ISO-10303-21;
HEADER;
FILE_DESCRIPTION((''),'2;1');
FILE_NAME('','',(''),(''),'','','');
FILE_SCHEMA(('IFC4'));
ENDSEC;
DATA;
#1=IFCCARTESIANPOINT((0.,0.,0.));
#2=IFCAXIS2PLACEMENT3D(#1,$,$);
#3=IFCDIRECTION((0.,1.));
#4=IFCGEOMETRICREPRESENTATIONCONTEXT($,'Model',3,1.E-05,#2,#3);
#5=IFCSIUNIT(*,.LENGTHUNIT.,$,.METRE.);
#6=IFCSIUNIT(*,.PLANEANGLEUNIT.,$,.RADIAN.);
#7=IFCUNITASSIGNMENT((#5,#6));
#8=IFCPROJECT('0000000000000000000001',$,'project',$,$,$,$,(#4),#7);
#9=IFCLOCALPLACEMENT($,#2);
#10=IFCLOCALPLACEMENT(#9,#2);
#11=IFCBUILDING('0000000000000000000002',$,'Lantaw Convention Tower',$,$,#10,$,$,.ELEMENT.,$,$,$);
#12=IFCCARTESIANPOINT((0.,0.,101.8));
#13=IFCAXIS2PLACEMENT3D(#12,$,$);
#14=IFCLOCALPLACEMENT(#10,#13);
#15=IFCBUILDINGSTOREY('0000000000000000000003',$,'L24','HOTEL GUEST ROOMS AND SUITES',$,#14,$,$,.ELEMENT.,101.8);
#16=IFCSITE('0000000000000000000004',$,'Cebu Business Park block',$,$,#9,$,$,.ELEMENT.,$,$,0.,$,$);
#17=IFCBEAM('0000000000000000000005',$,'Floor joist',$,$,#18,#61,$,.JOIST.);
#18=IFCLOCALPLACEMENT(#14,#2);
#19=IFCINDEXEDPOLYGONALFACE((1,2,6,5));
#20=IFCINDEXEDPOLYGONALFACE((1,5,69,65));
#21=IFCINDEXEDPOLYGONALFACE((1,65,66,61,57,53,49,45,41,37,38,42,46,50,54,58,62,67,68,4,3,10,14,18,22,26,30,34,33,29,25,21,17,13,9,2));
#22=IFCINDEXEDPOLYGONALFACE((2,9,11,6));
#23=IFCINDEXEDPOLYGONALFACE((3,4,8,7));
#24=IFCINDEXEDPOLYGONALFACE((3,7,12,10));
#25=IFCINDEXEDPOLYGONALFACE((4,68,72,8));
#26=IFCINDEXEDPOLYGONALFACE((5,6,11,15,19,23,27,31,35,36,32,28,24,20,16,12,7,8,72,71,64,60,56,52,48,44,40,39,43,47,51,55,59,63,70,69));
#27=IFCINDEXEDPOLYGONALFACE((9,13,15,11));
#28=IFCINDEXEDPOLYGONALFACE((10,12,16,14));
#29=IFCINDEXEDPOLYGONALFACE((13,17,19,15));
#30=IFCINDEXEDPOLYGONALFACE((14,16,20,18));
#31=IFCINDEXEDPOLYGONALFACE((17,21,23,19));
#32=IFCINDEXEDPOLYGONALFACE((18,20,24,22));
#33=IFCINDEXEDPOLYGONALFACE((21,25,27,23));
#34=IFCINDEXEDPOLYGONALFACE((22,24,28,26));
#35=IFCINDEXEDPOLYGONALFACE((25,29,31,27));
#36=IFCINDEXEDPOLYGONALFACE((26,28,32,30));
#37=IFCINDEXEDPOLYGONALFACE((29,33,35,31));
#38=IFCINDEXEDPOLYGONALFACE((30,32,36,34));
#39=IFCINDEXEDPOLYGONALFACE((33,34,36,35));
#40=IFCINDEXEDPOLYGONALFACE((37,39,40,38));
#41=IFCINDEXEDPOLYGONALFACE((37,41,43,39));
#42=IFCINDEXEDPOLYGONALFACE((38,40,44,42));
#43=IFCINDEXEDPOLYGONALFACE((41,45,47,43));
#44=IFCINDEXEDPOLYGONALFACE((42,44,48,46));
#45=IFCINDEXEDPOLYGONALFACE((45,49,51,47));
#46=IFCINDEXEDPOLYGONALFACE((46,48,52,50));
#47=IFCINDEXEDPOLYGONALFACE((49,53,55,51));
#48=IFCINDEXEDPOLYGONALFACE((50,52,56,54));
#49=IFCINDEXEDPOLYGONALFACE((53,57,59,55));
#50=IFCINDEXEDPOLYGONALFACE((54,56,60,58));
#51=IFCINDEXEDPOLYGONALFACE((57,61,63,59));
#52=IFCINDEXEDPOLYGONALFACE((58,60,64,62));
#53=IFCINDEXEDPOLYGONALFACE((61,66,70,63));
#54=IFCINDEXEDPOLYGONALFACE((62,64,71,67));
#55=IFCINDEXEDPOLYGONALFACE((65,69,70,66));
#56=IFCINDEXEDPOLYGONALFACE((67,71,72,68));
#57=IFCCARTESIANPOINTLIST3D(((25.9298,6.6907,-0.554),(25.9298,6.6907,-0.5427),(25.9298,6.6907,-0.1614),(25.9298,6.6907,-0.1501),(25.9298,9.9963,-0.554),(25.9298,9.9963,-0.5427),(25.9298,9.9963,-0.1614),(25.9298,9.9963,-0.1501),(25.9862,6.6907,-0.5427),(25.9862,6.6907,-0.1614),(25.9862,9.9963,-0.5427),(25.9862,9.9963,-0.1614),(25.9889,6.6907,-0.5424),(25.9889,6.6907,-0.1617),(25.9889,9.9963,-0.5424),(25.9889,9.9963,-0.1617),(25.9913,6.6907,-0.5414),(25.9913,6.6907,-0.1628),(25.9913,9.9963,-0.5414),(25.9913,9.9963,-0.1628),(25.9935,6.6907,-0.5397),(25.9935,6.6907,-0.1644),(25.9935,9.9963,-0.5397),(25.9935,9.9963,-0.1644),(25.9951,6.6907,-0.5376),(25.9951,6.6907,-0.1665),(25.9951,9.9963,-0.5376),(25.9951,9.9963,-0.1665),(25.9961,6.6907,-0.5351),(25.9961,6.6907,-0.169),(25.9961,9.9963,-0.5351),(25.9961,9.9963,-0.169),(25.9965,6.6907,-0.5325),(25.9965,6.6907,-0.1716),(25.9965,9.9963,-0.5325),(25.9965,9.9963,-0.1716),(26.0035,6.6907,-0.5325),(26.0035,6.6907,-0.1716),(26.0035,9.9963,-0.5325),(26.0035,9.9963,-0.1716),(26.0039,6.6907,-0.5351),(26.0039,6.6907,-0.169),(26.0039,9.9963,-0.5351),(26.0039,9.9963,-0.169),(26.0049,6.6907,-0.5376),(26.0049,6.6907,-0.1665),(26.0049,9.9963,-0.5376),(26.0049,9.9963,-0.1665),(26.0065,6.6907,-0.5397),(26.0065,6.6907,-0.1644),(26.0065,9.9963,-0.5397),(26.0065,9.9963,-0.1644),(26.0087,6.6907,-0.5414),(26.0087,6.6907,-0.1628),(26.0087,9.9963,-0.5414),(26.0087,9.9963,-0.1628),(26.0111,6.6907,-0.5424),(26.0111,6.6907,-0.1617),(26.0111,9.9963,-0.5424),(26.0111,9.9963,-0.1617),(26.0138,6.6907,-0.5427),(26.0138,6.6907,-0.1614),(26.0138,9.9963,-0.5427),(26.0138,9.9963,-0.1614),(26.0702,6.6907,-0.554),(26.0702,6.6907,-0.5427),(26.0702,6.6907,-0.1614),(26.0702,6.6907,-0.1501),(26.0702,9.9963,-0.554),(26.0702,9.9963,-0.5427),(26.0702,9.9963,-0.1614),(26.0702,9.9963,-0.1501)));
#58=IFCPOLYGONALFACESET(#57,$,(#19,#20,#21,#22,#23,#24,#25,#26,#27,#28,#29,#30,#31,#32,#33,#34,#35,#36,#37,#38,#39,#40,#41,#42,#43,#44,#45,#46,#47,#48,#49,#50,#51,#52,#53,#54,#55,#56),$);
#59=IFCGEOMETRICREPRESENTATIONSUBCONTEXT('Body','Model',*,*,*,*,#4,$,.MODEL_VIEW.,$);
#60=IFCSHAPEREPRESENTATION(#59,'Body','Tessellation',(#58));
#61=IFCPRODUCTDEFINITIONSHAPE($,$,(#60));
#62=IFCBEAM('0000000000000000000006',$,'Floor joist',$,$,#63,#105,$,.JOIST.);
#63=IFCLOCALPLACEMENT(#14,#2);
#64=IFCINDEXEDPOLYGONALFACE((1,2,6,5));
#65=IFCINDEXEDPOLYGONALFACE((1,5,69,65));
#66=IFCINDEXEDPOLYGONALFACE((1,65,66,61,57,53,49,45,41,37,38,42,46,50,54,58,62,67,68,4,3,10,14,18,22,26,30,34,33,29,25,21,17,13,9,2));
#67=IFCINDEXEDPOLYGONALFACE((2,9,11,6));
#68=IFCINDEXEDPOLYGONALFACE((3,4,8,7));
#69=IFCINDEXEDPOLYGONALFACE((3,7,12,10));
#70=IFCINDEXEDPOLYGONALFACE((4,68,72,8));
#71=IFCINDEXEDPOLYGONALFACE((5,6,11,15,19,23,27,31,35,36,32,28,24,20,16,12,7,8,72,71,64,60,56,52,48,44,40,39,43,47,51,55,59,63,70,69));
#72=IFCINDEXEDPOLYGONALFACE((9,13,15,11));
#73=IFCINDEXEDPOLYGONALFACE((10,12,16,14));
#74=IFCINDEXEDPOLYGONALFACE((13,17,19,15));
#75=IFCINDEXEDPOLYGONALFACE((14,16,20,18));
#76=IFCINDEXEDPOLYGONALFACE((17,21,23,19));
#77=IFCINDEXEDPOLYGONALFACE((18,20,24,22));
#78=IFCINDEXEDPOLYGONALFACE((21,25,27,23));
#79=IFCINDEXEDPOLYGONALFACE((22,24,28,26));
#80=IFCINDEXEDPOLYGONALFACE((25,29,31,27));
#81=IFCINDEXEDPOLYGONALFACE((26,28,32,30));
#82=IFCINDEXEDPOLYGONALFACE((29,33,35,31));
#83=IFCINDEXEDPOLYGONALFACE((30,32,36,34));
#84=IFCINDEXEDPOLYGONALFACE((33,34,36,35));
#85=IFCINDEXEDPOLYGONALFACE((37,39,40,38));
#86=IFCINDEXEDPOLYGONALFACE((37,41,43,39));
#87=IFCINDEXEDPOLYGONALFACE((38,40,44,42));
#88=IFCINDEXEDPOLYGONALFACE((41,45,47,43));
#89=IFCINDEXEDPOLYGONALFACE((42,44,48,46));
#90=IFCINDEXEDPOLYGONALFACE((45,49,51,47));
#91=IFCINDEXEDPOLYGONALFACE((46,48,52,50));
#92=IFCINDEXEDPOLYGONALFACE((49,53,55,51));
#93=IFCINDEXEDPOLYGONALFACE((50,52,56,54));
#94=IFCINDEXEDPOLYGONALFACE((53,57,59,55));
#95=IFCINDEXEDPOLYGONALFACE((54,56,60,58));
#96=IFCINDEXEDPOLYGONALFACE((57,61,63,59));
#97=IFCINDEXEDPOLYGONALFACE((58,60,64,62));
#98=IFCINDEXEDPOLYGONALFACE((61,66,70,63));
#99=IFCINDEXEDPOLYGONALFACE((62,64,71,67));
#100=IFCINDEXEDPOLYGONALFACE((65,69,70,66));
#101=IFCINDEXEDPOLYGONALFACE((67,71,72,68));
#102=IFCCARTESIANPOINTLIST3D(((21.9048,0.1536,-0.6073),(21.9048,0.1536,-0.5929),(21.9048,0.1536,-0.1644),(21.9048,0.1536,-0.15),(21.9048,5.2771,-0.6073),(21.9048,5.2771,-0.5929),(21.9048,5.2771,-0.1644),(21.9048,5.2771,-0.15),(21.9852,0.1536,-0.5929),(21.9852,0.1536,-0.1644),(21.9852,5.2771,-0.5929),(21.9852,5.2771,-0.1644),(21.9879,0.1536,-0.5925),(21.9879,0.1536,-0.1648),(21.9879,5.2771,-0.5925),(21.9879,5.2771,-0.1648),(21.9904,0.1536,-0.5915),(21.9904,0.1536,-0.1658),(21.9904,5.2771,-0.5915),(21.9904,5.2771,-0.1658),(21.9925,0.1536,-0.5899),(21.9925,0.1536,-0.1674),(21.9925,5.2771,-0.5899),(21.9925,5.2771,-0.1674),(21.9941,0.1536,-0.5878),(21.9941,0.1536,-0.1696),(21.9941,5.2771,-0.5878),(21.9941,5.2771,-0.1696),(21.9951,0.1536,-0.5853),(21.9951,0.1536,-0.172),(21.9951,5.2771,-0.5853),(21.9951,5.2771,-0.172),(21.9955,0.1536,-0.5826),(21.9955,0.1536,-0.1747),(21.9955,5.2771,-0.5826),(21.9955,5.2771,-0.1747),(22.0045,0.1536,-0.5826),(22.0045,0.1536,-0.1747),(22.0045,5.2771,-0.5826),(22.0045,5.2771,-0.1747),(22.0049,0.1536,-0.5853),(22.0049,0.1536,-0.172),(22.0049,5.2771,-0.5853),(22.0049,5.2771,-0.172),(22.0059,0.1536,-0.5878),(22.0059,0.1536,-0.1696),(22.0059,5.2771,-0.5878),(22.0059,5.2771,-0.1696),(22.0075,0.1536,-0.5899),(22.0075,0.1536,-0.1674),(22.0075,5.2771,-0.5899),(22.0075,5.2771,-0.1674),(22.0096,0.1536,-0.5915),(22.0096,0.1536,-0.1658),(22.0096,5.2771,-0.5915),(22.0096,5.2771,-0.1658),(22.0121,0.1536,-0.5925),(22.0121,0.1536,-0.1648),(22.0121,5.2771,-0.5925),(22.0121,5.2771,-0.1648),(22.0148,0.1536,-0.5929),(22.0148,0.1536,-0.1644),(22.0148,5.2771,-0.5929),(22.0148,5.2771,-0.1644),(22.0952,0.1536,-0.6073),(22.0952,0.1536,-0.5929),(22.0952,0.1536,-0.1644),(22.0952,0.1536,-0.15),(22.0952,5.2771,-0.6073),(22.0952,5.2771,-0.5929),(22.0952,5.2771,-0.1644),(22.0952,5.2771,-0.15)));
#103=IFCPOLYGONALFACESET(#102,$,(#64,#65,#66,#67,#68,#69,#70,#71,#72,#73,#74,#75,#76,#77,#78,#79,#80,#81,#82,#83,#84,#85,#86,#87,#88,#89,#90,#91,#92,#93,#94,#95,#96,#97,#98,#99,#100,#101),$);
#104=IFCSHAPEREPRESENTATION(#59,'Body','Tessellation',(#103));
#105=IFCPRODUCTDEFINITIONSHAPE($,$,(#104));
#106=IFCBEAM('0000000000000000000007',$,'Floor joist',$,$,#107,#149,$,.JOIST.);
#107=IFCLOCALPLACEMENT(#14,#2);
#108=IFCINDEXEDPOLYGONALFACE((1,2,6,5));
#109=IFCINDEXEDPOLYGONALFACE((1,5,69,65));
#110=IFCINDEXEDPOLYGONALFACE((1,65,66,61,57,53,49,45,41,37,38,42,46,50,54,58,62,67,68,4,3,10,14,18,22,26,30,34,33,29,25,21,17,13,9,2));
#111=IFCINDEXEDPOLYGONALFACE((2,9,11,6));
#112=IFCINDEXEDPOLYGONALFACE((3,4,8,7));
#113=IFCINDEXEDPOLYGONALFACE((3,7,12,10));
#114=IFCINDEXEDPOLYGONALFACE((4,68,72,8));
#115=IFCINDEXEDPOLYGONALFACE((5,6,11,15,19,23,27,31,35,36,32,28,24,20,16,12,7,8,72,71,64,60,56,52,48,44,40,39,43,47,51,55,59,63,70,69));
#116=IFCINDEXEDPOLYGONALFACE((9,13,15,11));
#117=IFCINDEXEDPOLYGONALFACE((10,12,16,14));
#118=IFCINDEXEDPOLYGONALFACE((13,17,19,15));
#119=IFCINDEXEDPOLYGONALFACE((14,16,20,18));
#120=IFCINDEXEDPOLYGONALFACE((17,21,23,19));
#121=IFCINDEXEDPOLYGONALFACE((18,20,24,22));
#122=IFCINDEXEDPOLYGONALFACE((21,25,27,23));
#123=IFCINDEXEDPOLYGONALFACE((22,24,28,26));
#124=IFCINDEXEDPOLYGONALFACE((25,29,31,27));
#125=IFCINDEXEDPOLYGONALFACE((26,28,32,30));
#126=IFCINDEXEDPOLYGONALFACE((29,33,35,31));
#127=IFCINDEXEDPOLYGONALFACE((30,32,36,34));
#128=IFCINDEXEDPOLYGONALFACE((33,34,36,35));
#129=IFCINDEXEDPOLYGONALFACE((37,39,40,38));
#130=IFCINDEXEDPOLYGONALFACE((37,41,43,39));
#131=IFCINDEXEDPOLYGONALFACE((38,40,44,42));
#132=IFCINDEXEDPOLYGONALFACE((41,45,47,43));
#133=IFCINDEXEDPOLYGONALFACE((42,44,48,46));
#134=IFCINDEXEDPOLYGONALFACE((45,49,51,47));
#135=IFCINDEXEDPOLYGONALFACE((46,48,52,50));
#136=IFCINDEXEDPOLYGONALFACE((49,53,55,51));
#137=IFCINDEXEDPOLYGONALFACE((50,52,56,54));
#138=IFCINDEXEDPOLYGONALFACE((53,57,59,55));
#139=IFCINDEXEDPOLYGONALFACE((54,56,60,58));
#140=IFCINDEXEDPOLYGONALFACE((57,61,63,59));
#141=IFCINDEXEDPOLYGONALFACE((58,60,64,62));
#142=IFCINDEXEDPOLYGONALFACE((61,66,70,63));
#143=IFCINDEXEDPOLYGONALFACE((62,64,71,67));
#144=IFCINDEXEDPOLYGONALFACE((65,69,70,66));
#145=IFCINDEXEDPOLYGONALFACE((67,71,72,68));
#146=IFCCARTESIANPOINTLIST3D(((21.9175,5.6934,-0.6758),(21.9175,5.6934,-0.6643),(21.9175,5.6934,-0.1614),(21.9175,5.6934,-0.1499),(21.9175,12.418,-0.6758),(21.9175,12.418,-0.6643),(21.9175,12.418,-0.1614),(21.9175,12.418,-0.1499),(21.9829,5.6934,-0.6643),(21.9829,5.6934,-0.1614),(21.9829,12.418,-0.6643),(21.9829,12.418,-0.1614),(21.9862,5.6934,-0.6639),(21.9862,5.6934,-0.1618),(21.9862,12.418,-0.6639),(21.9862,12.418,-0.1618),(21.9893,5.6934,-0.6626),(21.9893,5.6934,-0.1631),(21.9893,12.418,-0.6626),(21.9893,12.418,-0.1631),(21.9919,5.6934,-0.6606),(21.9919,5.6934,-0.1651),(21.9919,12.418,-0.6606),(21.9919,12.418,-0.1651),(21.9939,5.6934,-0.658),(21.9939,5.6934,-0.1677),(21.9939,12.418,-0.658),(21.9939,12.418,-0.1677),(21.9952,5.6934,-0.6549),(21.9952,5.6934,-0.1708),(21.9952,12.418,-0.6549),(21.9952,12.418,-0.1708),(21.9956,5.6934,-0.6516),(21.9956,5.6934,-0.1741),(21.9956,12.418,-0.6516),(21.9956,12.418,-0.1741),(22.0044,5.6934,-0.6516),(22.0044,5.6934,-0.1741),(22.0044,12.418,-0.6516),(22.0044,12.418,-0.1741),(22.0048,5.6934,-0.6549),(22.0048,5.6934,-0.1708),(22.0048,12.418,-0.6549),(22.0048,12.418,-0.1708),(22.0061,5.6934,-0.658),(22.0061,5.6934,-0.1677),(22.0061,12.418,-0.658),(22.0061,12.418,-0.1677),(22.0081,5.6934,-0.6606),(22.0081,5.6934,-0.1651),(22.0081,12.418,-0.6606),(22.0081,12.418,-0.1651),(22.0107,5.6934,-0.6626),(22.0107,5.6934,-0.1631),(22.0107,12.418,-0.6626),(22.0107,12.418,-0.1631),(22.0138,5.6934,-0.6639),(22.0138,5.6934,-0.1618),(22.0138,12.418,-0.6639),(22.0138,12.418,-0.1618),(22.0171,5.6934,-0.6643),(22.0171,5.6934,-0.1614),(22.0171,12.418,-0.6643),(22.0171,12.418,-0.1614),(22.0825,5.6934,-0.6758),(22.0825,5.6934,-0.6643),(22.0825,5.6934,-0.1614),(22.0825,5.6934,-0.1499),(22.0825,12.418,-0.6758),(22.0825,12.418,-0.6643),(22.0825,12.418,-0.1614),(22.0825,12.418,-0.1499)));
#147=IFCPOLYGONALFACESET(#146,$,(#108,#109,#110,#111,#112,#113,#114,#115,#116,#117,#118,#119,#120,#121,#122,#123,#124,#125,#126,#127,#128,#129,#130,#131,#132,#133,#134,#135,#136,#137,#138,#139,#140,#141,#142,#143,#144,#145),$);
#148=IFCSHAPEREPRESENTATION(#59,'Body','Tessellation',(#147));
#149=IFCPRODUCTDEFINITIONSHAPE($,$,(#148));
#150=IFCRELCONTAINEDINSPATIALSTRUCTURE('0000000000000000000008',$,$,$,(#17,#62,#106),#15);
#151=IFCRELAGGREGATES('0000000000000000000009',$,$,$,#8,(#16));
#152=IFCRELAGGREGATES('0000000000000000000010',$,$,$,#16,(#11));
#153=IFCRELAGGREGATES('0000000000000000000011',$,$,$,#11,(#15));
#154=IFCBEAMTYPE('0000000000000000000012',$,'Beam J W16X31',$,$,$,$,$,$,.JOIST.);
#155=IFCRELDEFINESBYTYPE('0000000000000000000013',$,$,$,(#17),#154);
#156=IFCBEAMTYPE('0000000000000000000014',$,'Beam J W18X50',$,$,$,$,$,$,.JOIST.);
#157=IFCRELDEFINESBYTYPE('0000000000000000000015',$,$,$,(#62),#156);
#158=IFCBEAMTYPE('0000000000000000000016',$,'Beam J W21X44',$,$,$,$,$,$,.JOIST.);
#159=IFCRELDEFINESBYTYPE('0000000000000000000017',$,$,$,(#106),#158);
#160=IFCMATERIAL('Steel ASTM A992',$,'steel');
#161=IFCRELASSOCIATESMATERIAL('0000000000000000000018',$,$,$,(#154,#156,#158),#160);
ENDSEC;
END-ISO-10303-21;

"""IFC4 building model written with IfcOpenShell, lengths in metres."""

from ifc_helpers import new_model, si_unit, direction, frame, origin, origin_2d, place, context, subcontext, project, spatial, i_section, extrude, material, material_profile, profile_set, type_object, element, save


model = new_model("IFC4")

# Units and contexts
model_context = context("Model", 3, precision=1e-05, world=origin(), true_north=direction((0.0, 1.0)))
body_context = subcontext(model_context, "Body", "Model", "MODEL_VIEW")
ifc_project = project(units=[si_unit("LENGTHUNIT", "METRE"), si_unit("PLANEANGLEUNIT", "RADIAN")], contexts=[model_context])

# Site, building, storey
site_placement = place(None, origin())
site = spatial("IfcSite", under=ifc_project, at=site_placement, Name="Cebu Business Park block", CompositionType="ELEMENT", RefElevation=0.0)
building_placement = place(site_placement, origin())
building = spatial("IfcBuilding", under=site, at=building_placement, Name="Lantaw Convention Tower", CompositionType="ELEMENT")
storey_placement = place(building_placement, frame((0.0, 0.0, 101.8)))
storey = spatial("IfcBuildingStorey", under=building, at=storey_placement, Name="L24", Description="HOTEL GUEST ROOMS AND SUITES", CompositionType="ELEMENT", Elevation=101.8)

# Beams
ifc_material_1 = material(Name="Steel ASTM A992", Category="steel")
ifc_material_profile_1 = material_profile(ifc_material_1, i_section(OverallWidth=0.1404, OverallDepth=0.4038, WebThickness=0.0071, FlangeThickness=0.0112, FilletRadius=0.0103, at=origin_2d()), Name="W16X31")
ifc_profile_set_1 = profile_set([ifc_material_profile_1], Name="Steel ASTM A992")
beam_type_1 = type_object("IfcBeamType", Name="Beam J W16X31", PredefinedType="JOIST", material=ifc_profile_set_1)
beam_1_placement = place(storey_placement, frame((26.0, 6.6907, -0.3521), z_axis=(0.0, 1.0, 0.0), x_axis=(-1.0, 0.0, 0.0)))
element("IfcBeam", 1, at=beam_1_placement, inside=storey, type_object=beam_type_1, Name="Floor joist", PredefinedType="JOIST", context=body_context, shape_type="SweptSolid", body=[
    extrude(i_section(OverallWidth=0.1404, OverallDepth=0.4038, WebThickness=0.0071, FlangeThickness=0.0112, FilletRadius=0.0103, at=origin_2d()), origin(), (0.0, 0.0, 1.0), 3.3057),
])
ifc_material_profile_2 = material_profile(ifc_material_1, i_section(OverallWidth=0.1904, OverallDepth=0.4573, WebThickness=0.009, FlangeThickness=0.0144, FilletRadius=0.0103, at=origin_2d()), Name="W18X50")
ifc_profile_set_2 = profile_set([ifc_material_profile_2], Name="Steel ASTM A992")
beam_type_2 = type_object("IfcBeamType", Name="Beam J W18X50", PredefinedType="JOIST", material=ifc_profile_set_2)
beam_2_placement = place(storey_placement, frame((22.0, 0.1536, -0.3787), z_axis=(0.0, 1.0, 0.0), x_axis=(-1.0, 0.0, 0.0)))
element("IfcBeam", 2, at=beam_2_placement, inside=storey, type_object=beam_type_2, Name="Floor joist", PredefinedType="JOIST", context=body_context, shape_type="SweptSolid", body=[
    extrude(i_section(OverallWidth=0.1904, OverallDepth=0.4573, WebThickness=0.009, FlangeThickness=0.0144, FilletRadius=0.0103, at=origin_2d()), origin(), (0.0, 0.0, 1.0), 5.1235),
])
ifc_material_profile_3 = material_profile(ifc_material_1, i_section(OverallWidth=0.165, OverallDepth=0.5259, WebThickness=0.0088, FlangeThickness=0.0115, FilletRadius=0.0127, at=origin_2d()), Name="W21X44")
ifc_profile_set_3 = profile_set([ifc_material_profile_3], Name="Steel ASTM A992")
beam_type_3 = type_object("IfcBeamType", Name="Beam J W21X44", PredefinedType="JOIST", material=ifc_profile_set_3)
beam_3_placement = place(storey_placement, frame((22.0, 5.6934, -0.4128), z_axis=(0.0, 1.0, 0.0), x_axis=(-1.0, 0.0, 0.0)))
element("IfcBeam", 3, at=beam_3_placement, inside=storey, type_object=beam_type_3, Name="Floor joist", PredefinedType="JOIST", context=body_context, shape_type="SweptSolid", body=[
    extrude(i_section(OverallWidth=0.165, OverallDepth=0.5259, WebThickness=0.0088, FlangeThickness=0.0115, FilletRadius=0.0127, at=origin_2d()), origin(), (0.0, 0.0, 1.0), 6.7246),
])

save(model, "model.ifc")
